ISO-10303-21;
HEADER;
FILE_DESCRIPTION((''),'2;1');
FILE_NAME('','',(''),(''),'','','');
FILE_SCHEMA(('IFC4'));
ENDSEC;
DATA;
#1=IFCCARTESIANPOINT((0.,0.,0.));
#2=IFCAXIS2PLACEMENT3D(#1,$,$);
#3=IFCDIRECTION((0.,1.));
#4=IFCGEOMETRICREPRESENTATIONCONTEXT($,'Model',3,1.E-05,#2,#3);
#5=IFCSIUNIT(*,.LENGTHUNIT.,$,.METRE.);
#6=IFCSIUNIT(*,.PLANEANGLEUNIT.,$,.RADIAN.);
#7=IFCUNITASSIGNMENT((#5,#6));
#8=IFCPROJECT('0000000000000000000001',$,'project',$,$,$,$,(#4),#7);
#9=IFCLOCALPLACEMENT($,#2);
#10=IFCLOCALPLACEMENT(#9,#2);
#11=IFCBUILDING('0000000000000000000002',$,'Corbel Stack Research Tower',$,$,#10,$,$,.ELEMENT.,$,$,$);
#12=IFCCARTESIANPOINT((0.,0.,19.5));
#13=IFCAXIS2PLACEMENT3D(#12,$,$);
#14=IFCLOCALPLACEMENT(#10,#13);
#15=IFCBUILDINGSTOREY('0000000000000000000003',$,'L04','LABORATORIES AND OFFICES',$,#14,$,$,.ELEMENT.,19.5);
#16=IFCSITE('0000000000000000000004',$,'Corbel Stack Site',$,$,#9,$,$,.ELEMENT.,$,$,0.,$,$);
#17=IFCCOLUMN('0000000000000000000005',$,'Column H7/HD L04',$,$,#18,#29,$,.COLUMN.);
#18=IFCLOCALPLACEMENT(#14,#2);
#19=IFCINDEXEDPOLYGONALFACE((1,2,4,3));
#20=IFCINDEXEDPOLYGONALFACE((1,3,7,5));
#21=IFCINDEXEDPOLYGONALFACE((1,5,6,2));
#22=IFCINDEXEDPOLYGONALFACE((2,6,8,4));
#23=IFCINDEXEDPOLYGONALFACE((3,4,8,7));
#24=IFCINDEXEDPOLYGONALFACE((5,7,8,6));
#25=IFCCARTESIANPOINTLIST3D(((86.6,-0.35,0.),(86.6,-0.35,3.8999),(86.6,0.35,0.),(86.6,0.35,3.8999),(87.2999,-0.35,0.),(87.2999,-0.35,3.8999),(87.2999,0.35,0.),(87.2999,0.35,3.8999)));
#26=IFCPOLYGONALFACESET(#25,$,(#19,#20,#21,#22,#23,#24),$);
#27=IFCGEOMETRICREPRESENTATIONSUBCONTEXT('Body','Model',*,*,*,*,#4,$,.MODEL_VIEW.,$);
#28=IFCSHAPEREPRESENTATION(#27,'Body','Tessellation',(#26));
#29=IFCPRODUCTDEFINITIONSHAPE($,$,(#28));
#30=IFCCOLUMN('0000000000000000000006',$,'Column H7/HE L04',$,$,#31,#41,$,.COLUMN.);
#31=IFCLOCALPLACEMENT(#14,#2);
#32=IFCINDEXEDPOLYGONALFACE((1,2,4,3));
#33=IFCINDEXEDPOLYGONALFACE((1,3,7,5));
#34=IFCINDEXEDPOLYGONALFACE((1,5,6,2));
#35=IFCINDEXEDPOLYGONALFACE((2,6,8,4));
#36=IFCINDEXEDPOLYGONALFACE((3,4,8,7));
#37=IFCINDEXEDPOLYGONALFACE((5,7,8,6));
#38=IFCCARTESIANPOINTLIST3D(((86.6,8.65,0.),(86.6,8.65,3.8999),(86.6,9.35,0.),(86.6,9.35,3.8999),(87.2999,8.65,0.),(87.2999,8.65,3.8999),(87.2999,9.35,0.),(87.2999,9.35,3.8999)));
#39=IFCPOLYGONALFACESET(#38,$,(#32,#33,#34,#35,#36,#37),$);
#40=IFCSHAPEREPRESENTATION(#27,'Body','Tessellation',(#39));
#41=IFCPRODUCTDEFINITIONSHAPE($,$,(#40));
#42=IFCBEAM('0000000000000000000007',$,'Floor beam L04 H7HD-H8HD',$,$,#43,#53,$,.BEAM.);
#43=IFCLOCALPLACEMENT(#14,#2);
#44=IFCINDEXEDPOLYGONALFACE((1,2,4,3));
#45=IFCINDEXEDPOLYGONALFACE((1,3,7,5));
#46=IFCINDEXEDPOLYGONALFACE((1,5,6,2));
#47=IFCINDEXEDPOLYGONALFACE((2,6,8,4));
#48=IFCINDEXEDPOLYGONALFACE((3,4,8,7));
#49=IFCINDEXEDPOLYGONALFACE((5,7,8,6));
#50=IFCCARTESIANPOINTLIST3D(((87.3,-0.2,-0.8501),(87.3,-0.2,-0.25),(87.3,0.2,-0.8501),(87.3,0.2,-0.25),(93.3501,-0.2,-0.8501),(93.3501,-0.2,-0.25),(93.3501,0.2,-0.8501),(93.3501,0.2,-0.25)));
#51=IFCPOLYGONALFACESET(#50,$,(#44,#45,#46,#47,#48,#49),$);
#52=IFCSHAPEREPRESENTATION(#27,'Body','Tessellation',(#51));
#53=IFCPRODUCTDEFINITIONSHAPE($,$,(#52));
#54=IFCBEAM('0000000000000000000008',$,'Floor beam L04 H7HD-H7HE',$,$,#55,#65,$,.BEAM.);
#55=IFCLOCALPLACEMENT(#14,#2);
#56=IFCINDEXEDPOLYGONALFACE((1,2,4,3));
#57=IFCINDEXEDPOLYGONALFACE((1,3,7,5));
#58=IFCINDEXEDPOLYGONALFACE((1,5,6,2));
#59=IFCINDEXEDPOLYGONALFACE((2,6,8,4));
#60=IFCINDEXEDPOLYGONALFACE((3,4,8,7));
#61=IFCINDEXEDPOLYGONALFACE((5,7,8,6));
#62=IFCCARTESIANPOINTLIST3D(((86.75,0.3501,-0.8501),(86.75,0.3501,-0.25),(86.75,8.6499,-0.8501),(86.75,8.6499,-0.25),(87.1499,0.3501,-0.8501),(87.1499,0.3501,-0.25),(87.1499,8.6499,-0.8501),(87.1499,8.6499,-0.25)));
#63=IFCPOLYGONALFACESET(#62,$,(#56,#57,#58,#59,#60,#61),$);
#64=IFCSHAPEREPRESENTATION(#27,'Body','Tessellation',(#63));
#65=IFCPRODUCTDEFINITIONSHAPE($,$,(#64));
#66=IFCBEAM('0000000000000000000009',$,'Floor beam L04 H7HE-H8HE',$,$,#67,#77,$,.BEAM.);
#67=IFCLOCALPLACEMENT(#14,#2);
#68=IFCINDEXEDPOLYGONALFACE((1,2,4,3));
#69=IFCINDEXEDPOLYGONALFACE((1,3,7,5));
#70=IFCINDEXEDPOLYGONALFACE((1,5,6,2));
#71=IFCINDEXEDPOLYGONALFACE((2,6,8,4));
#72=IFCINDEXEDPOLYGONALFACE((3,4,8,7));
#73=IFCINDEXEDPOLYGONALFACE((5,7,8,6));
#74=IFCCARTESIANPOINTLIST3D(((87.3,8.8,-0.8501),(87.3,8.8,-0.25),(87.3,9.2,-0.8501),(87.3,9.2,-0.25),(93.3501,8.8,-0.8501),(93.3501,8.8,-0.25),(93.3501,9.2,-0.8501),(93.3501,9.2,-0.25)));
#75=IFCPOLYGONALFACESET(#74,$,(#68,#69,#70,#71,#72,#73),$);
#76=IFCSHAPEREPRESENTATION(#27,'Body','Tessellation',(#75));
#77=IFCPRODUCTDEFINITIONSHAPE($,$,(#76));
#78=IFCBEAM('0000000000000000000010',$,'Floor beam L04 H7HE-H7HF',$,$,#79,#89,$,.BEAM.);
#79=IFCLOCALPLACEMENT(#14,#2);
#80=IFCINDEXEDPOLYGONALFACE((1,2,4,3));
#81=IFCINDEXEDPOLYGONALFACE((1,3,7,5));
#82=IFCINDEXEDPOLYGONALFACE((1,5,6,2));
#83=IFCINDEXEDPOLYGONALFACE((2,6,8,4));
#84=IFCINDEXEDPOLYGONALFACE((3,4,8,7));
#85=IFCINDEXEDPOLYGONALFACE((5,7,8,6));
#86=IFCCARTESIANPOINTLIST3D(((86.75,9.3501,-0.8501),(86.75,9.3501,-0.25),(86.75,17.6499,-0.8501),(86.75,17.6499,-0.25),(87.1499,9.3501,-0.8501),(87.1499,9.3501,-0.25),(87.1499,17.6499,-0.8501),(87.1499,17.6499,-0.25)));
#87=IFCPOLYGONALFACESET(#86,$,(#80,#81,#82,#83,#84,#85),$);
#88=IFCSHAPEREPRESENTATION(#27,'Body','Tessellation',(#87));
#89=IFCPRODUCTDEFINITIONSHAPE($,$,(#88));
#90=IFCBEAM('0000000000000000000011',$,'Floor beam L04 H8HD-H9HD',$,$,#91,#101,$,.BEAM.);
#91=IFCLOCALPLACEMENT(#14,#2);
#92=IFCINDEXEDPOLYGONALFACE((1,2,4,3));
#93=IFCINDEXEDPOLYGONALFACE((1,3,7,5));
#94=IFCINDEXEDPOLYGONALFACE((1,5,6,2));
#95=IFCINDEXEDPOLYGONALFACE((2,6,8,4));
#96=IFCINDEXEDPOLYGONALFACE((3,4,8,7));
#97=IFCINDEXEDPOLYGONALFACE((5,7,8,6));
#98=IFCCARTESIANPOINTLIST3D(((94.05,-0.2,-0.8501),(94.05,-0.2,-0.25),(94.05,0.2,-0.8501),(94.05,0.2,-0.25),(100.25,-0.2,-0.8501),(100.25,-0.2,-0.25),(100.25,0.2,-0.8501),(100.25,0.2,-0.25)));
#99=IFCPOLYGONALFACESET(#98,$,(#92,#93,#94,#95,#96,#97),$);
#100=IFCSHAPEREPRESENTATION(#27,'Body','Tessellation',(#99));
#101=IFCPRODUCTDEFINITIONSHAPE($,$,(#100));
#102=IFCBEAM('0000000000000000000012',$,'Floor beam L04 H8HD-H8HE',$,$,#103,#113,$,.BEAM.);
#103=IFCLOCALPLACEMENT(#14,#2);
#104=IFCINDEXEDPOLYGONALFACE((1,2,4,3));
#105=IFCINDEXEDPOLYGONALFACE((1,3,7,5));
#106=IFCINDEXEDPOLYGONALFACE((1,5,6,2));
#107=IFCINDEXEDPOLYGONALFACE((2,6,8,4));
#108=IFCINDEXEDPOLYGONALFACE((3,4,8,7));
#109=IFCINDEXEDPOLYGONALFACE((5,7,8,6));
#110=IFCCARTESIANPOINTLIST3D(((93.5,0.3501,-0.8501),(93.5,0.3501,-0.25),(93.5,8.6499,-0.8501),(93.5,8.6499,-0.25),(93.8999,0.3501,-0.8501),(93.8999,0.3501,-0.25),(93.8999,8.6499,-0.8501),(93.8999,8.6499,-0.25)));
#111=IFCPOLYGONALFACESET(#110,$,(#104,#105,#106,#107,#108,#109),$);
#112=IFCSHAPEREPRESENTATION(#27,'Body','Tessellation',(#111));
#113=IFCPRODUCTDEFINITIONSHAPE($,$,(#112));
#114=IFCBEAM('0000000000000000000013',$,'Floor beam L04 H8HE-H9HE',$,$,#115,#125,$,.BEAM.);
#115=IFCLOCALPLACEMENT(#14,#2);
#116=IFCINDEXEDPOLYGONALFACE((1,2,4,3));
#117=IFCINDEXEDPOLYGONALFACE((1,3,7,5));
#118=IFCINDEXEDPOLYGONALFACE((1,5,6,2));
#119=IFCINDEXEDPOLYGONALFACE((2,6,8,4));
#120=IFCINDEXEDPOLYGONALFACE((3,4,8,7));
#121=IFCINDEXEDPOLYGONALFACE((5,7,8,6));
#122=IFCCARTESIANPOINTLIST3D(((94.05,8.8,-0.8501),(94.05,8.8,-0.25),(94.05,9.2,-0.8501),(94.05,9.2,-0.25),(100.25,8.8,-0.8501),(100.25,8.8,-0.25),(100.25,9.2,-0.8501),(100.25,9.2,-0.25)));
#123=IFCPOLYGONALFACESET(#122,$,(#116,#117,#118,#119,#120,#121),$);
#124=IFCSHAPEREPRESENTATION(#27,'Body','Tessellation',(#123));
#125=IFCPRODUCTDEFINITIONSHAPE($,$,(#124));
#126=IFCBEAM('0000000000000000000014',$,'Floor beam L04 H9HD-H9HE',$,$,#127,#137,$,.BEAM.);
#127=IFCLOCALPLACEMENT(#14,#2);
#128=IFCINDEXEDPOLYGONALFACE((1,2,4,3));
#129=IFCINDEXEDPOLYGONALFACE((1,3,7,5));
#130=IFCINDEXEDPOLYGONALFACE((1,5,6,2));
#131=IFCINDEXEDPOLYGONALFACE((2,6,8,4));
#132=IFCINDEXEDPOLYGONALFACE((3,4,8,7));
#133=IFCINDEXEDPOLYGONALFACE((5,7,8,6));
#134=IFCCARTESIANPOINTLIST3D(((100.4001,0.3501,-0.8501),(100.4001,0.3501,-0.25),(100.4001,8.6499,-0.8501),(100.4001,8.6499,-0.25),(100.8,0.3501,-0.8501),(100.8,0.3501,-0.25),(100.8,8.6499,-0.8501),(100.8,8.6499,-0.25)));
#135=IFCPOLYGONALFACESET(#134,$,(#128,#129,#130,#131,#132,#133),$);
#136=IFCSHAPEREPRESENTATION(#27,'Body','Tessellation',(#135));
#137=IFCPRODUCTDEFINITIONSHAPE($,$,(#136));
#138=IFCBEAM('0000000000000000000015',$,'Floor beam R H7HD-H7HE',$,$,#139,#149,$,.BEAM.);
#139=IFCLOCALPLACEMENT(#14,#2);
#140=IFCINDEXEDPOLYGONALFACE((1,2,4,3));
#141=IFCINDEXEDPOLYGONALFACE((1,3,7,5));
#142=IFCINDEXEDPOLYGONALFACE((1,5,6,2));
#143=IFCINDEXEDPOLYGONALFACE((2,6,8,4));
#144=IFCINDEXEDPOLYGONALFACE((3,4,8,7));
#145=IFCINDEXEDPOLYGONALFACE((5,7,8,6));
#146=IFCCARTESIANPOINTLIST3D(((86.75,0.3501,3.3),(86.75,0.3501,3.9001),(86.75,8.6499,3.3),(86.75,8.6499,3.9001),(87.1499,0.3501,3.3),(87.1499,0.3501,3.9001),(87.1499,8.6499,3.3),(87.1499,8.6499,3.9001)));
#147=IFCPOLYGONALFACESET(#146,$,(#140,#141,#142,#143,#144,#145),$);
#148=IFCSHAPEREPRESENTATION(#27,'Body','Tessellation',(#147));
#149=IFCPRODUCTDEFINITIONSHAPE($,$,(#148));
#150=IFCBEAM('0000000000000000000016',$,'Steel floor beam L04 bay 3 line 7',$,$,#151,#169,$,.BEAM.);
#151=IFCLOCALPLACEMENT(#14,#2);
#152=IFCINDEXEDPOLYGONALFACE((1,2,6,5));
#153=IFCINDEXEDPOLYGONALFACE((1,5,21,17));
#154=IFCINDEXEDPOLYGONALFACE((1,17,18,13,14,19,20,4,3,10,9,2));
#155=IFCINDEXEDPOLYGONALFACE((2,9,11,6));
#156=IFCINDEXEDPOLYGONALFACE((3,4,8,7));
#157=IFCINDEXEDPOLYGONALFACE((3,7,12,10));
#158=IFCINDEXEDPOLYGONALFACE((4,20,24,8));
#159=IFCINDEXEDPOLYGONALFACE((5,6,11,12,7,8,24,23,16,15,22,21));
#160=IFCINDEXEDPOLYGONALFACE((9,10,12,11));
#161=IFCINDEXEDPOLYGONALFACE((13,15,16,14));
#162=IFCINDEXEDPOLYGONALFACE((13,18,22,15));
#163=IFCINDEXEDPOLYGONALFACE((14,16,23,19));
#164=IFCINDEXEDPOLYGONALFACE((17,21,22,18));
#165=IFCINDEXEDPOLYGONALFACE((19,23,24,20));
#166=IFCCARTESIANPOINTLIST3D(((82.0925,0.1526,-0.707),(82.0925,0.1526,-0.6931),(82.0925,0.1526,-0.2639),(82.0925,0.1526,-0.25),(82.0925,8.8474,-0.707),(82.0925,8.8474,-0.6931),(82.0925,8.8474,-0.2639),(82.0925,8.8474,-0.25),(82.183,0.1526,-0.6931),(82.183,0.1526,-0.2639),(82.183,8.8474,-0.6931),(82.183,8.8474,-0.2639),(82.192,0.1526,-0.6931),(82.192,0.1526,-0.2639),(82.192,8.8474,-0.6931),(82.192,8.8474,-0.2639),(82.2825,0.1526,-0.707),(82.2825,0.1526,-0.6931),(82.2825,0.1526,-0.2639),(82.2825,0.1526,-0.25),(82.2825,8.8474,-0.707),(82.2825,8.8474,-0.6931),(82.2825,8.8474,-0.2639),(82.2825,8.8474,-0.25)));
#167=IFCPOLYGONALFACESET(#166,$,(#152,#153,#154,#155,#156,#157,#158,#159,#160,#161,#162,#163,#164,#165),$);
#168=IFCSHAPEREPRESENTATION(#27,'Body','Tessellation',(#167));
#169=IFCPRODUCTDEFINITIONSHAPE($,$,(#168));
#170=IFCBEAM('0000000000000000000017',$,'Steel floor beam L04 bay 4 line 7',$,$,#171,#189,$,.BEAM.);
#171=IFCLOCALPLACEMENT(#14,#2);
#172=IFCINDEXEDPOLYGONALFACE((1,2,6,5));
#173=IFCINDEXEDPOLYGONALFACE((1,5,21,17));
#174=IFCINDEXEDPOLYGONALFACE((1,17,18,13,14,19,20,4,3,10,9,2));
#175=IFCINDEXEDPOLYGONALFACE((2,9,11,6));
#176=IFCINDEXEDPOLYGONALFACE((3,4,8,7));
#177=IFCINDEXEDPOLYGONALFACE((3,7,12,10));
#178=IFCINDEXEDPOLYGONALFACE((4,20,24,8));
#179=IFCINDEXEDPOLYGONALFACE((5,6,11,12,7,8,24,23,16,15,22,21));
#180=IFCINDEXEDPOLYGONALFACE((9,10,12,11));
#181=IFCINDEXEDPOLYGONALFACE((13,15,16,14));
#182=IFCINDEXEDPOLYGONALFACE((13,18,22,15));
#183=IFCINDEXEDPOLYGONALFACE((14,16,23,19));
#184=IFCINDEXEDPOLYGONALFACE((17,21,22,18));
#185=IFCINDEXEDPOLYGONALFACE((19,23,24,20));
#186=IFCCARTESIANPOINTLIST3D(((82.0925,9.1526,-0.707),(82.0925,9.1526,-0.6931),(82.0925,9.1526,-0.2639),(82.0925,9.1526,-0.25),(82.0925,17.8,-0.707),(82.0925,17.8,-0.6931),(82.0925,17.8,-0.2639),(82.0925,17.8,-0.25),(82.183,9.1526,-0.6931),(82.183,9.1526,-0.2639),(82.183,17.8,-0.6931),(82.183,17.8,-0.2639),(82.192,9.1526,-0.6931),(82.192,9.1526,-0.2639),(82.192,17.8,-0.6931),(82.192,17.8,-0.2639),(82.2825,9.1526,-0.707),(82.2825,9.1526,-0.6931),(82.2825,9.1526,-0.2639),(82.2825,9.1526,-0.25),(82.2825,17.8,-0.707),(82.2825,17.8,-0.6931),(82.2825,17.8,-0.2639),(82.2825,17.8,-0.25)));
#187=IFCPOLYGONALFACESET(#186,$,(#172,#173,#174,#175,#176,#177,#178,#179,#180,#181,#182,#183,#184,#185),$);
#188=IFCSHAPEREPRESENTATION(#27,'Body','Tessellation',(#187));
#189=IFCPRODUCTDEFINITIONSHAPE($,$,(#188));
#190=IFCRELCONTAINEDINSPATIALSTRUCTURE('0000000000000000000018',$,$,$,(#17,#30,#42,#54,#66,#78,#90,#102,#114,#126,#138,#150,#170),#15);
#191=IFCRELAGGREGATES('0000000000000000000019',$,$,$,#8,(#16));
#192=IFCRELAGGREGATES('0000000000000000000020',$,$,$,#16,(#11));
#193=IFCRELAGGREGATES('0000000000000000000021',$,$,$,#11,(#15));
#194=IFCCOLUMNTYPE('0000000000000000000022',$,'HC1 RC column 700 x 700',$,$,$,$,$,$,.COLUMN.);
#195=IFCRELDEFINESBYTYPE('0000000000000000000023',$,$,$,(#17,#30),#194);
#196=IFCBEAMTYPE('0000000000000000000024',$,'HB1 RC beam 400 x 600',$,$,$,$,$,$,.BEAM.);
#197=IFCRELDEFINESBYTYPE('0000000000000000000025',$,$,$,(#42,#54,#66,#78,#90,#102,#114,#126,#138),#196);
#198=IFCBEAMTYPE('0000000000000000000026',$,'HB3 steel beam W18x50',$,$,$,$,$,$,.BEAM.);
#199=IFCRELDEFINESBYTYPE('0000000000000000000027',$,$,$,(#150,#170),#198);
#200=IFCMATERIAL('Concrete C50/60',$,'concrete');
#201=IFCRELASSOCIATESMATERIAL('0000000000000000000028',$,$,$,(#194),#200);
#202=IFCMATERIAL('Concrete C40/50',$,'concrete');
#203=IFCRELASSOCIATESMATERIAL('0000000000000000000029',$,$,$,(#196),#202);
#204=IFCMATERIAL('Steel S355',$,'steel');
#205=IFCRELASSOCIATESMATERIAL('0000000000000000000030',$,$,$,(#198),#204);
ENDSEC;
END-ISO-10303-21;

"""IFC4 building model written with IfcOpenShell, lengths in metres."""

from ifc_helpers import new_model, si_unit, direction, frame, origin, origin_2d, place, context, subcontext, project, spatial, rectangle, i_section, extrude, material, material_profile, profile_set, type_object, element, save


model = new_model("IFC4")

# Units and contexts
model_context = context("Model", 3, precision=1e-05, world=origin(), true_north=direction((0.0, 1.0)))
body_context = subcontext(model_context, "Body", "Model", "MODEL_VIEW")
ifc_project = project(units=[si_unit("LENGTHUNIT", "METRE"), si_unit("PLANEANGLEUNIT", "RADIAN")], contexts=[model_context])

# Site, building, storey
site_placement = place(None, origin())
site = spatial("IfcSite", under=ifc_project, at=site_placement, Name="Corbel Stack Site", CompositionType="ELEMENT", RefElevation=0.0)
building_placement = place(site_placement, origin())
building = spatial("IfcBuilding", under=site, at=building_placement, Name="Corbel Stack Research Tower", CompositionType="ELEMENT")
storey_placement = place(building_placement, frame((0.0, 0.0, 19.5)))
storey = spatial("IfcBuildingStorey", under=building, at=storey_placement, Name="L04", Description="LABORATORIES AND OFFICES", CompositionType="ELEMENT", Elevation=19.5)

# Columns
ifc_material_1 = material(Name="Concrete C50/60", Category="concrete")
ifc_material_profile_1 = material_profile(ifc_material_1, rectangle(XDim=0.7, YDim=0.7, at=origin_2d()), Name="RC 700 x 700")
ifc_profile_set_1 = profile_set([ifc_material_profile_1], Name="Concrete C50/60")
column_type = type_object("IfcColumnType", Name="HC1 RC column 700 x 700", PredefinedType="COLUMN", material=ifc_profile_set_1)
for number, where, z_axis, x_axis, name in (
    (1, (86.95, 0.0, 0.0), (0.0, 0.0, 1.0), (1.0, 0.0, 0.0), "Column H7/HD L04"),
    (2, (86.95, 9.0, 0.0), (0.0, 0.0, 1.0), (1.0, 0.0, 0.0), "Column H7/HE L04"),
):
    element("IfcColumn", number, at=place(storey_placement, frame(where, z_axis=z_axis, x_axis=x_axis)), inside=storey, type_object=column_type, Name=name, PredefinedType="COLUMN", context=body_context, shape_type="SweptSolid", body=[
        extrude(rectangle(XDim=0.7, YDim=0.7, at=origin_2d()), origin(), (0.0, 0.0, 1.0), 3.8999),
    ])

# Beams
ifc_material_2 = material(Name="Concrete C40/50", Category="concrete")
ifc_material_profile_2 = material_profile(ifc_material_2, rectangle(XDim=0.3999, YDim=0.6001, at=origin_2d()), Name="RC 400 x 600")
ifc_profile_set_2 = profile_set([ifc_material_profile_2], Name="Concrete C40/50")
beam_type_1 = type_object("IfcBeamType", Name="HB1 RC beam 400 x 600", PredefinedType="BEAM", material=ifc_profile_set_2)
beam_1_placement = place(storey_placement, frame((87.3, 0.0, -0.55), z_axis=(1.0, 0.0, 0.0), x_axis=(0.0, 1.0, 0.0)))
element("IfcBeam", 3, at=beam_1_placement, inside=storey, type_object=beam_type_1, Name="Floor beam L04 H7HD-H8HD", PredefinedType="BEAM", context=body_context, shape_type="SweptSolid", body=[
    extrude(rectangle(XDim=0.3999, YDim=0.6001, at=origin_2d()), origin(), (0.0, 0.0, 1.0), 6.05),
])
beam_2_placement = place(storey_placement, frame((86.95, 0.3501, -0.55), z_axis=(0.0, 1.0, 0.0), x_axis=(-1.0, 0.0, 0.0)))
element("IfcBeam", 4, at=beam_2_placement, inside=storey, type_object=beam_type_1, Name="Floor beam L04 H7HD-H7HE", PredefinedType="BEAM", context=body_context, shape_type="SweptSolid", body=[
    extrude(rectangle(XDim=0.3999, YDim=0.6001, at=origin_2d()), origin(), (0.0, 0.0, 1.0), 8.2998),
])
beam_3_placement = place(storey_placement, frame((87.3, 9.0, -0.55), z_axis=(1.0, 0.0, 0.0), x_axis=(0.0, 1.0, 0.0)))
element("IfcBeam", 5, at=beam_3_placement, inside=storey, type_object=beam_type_1, Name="Floor beam L04 H7HE-H8HE", PredefinedType="BEAM", context=body_context, shape_type="SweptSolid", body=[
    extrude(rectangle(XDim=0.3999, YDim=0.6001, at=origin_2d()), origin(), (0.0, 0.0, 1.0), 6.05),
])
beam_4_placement = place(storey_placement, frame((86.95, 9.3501, -0.55), z_axis=(0.0, 1.0, 0.0), x_axis=(-1.0, 0.0, 0.0)))
element("IfcBeam", 6, at=beam_4_placement, inside=storey, type_object=beam_type_1, Name="Floor beam L04 H7HE-H7HF", PredefinedType="BEAM", context=body_context, shape_type="SweptSolid", body=[
    extrude(rectangle(XDim=0.3999, YDim=0.6001, at=origin_2d()), origin(), (0.0, 0.0, 1.0), 8.2998),
])
beam_5_placement = place(storey_placement, frame((94.05, 0.0, -0.55), z_axis=(1.0, 0.0, 0.0), x_axis=(0.0, 1.0, 0.0)))
element("IfcBeam", 7, at=beam_5_placement, inside=storey, type_object=beam_type_1, Name="Floor beam L04 H8HD-H9HD", PredefinedType="BEAM", context=body_context, shape_type="SweptSolid", body=[
    extrude(rectangle(XDim=0.3999, YDim=0.6001, at=origin_2d()), origin(), (0.0, 0.0, 1.0), 6.2),
])
beam_6_placement = place(storey_placement, frame((93.7, 0.3501, -0.55), z_axis=(0.0, 1.0, 0.0), x_axis=(-1.0, 0.0, 0.0)))
element("IfcBeam", 8, at=beam_6_placement, inside=storey, type_object=beam_type_1, Name="Floor beam L04 H8HD-H8HE", PredefinedType="BEAM", context=body_context, shape_type="SweptSolid", body=[
    extrude(rectangle(XDim=0.3999, YDim=0.6001, at=origin_2d()), origin(), (0.0, 0.0, 1.0), 8.2998),
])
beam_7_placement = place(storey_placement, frame((94.05, 9.0, -0.55), z_axis=(1.0, 0.0, 0.0), x_axis=(0.0, 1.0, 0.0)))
element("IfcBeam", 9, at=beam_7_placement, inside=storey, type_object=beam_type_1, Name="Floor beam L04 H8HE-H9HE", PredefinedType="BEAM", context=body_context, shape_type="SweptSolid", body=[
    extrude(rectangle(XDim=0.3999, YDim=0.6001, at=origin_2d()), origin(), (0.0, 0.0, 1.0), 6.2),
])
for number, where, z_axis, x_axis, name in (
    (10, (100.6001, 0.3501, -0.55), (0.0, 1.0, 0.0), (-1.0, 0.0, 0.0), "Floor beam L04 H9HD-H9HE"),
    (11, (86.95, 0.3501, 3.6001), (0.0, 1.0, 0.0), (-1.0, 0.0, 0.0), "Floor beam R H7HD-H7HE"),
):
    element("IfcBeam", number, at=place(storey_placement, frame(where, z_axis=z_axis, x_axis=x_axis)), inside=storey, type_object=beam_type_1, Name=name, PredefinedType="BEAM", context=body_context, shape_type="SweptSolid", body=[
        extrude(rectangle(XDim=0.3999, YDim=0.6001, at=origin_2d()), origin(), (0.0, 0.0, 1.0), 8.2998),
    ])
ifc_material_3 = material(Name="Steel S355", Category="steel")
ifc_material_profile_3 = material_profile(ifc_material_3, i_section(OverallWidth=0.1899, OverallDepth=0.457, WebThickness=0.009, FlangeThickness=0.0139, at=origin_2d()), Name="W18x50")
ifc_profile_set_3 = profile_set([ifc_material_profile_3], Name="Steel S355")
beam_type_2 = type_object("IfcBeamType", Name="HB3 steel beam W18x50", PredefinedType="BEAM", material=ifc_profile_set_3)
beam_8_placement = place(storey_placement, frame((82.1875, 0.1526, -0.4785), z_axis=(0.0, 1.0, 0.0), x_axis=(-1.0, 0.0, 0.0)))
element("IfcBeam", 12, at=beam_8_placement, inside=storey, type_object=beam_type_2, Name="Steel floor beam L04 bay 3 line 7", PredefinedType="BEAM", context=body_context, shape_type="SweptSolid", body=[
    extrude(i_section(OverallWidth=0.1899, OverallDepth=0.457, WebThickness=0.009, FlangeThickness=0.0139, at=origin_2d()), origin(), (0.0, 0.0, 1.0), 8.6948),
])
beam_9_placement = place(storey_placement, frame((82.1875, 9.1526, -0.4785), z_axis=(0.0, 1.0, 0.0), x_axis=(-1.0, 0.0, 0.0)))
element("IfcBeam", 13, at=beam_9_placement, inside=storey, type_object=beam_type_2, Name="Steel floor beam L04 bay 4 line 7", PredefinedType="BEAM", context=body_context, shape_type="SweptSolid", body=[
    extrude(i_section(OverallWidth=0.1899, OverallDepth=0.457, WebThickness=0.009, FlangeThickness=0.0139, at=origin_2d()), origin(), (0.0, 0.0, 1.0), 8.6475),
])

save(model, "model.ifc")
